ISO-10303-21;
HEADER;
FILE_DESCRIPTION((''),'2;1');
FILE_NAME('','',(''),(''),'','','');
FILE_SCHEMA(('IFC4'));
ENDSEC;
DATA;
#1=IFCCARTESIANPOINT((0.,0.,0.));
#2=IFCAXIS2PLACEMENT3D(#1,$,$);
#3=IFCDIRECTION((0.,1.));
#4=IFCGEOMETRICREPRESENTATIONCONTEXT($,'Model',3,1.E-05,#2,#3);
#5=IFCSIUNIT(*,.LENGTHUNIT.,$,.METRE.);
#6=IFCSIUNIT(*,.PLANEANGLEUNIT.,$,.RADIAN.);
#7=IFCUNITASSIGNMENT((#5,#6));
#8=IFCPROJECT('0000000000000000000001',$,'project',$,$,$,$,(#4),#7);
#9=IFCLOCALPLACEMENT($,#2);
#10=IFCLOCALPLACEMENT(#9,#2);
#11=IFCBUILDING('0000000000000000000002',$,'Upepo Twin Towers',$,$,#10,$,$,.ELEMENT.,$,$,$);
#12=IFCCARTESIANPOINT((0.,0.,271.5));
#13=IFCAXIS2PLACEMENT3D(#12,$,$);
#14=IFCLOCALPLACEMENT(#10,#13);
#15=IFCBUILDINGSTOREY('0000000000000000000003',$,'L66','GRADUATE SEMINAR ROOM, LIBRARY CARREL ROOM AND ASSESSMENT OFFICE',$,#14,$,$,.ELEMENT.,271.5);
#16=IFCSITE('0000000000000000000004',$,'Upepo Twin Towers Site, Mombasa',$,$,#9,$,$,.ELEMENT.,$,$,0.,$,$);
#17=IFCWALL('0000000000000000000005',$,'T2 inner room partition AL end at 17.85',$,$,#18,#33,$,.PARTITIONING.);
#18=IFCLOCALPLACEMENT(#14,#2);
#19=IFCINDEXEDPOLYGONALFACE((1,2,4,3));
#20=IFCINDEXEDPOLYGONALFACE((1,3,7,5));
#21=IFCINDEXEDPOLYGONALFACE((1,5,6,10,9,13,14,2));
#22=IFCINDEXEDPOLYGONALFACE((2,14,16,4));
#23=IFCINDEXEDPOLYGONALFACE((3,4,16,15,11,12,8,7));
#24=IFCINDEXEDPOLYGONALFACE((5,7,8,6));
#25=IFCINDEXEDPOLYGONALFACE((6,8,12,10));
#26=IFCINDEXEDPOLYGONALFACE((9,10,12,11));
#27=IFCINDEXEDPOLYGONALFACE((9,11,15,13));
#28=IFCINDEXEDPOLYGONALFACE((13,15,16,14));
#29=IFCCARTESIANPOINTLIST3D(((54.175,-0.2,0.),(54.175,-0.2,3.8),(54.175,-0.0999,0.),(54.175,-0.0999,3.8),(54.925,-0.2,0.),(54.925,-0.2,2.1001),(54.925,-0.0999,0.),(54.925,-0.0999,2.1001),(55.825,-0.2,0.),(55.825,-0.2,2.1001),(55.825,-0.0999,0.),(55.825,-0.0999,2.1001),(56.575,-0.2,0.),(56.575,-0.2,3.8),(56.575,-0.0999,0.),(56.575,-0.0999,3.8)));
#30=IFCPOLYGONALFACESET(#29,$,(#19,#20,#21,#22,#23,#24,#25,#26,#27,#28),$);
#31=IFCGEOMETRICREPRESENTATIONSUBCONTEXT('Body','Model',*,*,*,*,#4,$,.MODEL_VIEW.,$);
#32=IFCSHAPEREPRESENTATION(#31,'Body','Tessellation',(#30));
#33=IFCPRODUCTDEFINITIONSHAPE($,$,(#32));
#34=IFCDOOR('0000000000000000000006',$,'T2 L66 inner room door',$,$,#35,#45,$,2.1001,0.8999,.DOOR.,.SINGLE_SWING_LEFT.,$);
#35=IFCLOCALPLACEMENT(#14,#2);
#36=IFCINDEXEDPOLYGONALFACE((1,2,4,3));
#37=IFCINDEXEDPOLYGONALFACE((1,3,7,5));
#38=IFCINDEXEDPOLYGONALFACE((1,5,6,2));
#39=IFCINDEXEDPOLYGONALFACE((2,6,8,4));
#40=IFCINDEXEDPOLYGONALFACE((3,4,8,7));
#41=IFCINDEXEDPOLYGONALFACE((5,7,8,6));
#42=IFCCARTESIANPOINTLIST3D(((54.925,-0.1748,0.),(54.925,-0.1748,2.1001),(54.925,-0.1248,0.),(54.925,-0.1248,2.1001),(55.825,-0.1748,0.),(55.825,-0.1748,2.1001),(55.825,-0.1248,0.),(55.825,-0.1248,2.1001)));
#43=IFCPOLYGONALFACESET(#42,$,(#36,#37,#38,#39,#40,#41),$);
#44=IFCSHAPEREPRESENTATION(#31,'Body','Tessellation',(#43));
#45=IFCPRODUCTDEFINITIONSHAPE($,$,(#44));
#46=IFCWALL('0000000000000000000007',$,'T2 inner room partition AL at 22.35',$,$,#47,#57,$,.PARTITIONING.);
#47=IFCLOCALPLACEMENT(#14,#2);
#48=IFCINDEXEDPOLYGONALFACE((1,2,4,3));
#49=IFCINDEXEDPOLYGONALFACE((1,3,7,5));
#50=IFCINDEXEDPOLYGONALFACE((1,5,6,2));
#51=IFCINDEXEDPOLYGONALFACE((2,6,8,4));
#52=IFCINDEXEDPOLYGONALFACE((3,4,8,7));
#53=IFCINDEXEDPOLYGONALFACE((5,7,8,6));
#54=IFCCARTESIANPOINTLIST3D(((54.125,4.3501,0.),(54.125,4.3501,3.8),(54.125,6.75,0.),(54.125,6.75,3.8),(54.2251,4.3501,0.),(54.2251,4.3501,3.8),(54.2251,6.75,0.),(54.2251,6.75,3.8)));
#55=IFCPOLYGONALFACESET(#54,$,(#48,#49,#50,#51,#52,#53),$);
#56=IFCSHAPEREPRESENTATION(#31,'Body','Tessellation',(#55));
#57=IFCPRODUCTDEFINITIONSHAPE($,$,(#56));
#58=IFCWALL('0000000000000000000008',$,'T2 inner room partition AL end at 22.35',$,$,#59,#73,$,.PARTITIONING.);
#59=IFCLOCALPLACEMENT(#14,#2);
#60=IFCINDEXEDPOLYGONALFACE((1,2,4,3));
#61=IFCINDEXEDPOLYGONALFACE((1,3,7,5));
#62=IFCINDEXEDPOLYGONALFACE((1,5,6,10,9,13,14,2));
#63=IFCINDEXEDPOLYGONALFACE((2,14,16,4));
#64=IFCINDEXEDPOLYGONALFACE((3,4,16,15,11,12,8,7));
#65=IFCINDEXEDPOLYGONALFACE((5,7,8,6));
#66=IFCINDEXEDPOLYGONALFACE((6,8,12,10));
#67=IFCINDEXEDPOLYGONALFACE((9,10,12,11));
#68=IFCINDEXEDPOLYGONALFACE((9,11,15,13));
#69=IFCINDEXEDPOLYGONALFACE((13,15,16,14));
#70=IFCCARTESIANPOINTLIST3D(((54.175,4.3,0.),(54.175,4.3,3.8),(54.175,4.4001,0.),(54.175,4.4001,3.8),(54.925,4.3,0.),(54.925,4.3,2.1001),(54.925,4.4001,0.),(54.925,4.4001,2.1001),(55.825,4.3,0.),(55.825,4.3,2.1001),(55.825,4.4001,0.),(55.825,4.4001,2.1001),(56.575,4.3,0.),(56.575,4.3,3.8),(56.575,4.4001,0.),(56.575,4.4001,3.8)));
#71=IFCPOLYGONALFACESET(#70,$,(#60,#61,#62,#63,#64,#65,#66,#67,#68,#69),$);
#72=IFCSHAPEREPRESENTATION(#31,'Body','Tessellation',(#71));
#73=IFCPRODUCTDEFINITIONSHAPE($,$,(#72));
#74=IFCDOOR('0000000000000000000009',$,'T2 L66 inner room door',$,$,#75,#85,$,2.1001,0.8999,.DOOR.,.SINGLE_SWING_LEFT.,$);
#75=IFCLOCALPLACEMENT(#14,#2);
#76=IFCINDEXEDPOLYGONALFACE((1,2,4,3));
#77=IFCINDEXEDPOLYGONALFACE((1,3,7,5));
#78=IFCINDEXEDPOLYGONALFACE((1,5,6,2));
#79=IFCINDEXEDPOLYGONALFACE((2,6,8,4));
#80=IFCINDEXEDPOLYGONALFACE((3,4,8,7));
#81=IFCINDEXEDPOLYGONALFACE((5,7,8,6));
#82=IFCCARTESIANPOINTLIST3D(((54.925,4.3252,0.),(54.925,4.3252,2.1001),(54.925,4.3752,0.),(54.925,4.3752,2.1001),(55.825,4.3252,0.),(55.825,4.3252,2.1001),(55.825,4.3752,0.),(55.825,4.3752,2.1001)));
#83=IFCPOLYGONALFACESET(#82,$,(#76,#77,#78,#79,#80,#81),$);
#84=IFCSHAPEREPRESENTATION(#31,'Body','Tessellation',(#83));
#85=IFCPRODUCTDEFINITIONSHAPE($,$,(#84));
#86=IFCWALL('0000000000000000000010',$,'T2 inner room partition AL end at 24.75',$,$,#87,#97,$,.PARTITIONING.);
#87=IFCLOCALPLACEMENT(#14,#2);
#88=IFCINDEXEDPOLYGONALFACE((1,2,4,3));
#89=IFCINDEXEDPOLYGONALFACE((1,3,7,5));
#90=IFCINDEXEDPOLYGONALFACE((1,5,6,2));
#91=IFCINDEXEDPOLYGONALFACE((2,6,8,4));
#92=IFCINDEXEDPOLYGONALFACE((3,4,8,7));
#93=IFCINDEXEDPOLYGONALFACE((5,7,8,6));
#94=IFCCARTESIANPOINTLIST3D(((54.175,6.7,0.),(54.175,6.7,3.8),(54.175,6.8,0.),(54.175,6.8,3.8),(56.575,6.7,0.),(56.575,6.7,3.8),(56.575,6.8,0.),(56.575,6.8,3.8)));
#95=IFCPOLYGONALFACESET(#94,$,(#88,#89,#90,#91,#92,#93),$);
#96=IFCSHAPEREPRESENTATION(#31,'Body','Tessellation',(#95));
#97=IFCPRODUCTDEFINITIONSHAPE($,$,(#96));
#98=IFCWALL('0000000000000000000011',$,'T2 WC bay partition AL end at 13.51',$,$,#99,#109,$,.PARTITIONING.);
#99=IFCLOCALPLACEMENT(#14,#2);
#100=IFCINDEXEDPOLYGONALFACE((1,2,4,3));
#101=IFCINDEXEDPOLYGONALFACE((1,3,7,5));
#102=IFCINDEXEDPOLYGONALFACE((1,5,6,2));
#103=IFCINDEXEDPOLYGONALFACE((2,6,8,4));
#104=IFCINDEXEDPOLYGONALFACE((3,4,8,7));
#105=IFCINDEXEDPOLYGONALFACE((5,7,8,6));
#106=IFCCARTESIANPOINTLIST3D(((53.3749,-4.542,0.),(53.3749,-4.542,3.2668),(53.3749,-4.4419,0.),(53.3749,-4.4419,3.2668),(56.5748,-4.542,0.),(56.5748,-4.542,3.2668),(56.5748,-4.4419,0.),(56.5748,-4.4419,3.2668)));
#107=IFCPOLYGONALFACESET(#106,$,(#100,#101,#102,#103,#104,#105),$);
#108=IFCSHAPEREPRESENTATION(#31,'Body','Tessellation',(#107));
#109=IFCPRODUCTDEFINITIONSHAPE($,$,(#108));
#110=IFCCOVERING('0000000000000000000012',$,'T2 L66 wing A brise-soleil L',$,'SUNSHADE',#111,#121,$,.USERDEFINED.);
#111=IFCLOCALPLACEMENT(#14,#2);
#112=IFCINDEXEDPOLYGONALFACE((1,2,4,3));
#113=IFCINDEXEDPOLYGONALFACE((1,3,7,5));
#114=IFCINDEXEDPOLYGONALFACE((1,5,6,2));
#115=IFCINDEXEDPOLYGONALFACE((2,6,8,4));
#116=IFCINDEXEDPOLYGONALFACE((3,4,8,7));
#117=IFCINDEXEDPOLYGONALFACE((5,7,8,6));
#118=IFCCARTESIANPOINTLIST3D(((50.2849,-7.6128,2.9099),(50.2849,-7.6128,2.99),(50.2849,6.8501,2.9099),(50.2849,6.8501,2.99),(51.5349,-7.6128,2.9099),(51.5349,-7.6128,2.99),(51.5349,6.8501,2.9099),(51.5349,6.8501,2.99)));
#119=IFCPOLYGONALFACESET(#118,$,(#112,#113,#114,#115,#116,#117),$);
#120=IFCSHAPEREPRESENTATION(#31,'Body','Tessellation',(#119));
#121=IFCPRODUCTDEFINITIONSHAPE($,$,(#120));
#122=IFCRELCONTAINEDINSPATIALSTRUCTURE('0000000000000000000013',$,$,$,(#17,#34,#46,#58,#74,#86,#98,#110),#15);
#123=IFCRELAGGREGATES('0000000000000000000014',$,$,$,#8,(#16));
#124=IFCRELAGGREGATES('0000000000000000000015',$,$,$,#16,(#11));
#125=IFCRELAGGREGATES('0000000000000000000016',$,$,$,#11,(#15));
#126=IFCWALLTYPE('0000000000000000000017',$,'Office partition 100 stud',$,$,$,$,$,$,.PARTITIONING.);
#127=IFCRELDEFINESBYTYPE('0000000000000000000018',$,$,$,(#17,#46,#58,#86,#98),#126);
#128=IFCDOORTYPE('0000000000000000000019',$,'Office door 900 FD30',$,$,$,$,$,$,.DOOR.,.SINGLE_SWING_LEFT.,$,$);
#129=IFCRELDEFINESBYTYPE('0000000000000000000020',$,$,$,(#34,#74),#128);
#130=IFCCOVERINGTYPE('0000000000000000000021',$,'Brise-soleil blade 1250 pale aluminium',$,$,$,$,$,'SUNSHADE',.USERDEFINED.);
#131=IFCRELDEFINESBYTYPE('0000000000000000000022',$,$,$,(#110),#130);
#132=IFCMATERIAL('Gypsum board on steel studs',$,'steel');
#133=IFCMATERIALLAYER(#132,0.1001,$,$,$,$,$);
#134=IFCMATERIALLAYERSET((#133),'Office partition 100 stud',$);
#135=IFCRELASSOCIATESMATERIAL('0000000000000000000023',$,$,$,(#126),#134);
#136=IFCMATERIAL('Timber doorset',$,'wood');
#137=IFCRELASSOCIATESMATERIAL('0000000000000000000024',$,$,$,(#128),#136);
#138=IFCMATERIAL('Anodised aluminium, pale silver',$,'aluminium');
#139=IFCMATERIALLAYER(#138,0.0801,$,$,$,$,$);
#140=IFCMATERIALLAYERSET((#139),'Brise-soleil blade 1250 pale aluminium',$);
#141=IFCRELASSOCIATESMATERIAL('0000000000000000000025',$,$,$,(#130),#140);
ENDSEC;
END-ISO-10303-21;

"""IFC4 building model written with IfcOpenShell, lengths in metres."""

from ifc_helpers import new_model, si_unit, direction, frame, frame_2d, origin, origin_2d, place, context, subcontext, project, spatial, rectangle, extrude, material, layer, layer_set, type_object, element, fill, save


model = new_model("IFC4")

# Units and contexts
model_context = context("Model", 3, precision=1e-05, world=origin(), true_north=direction((0.0, 1.0)))
body_context = subcontext(model_context, "Body", "Model", "MODEL_VIEW")
ifc_project = project(units=[si_unit("LENGTHUNIT", "METRE"), si_unit("PLANEANGLEUNIT", "RADIAN")], contexts=[model_context])

# Site, building, storey
site_placement = place(None, origin())
site = spatial("IfcSite", under=ifc_project, at=site_placement, Name="Upepo Twin Towers Site, Mombasa", CompositionType="ELEMENT", RefElevation=0.0)
building_placement = place(site_placement, origin())
building = spatial("IfcBuilding", under=site, at=building_placement, Name="Upepo Twin Towers", CompositionType="ELEMENT")
storey_placement = place(building_placement, frame((0.0, 0.0, 271.5)))
storey = spatial("IfcBuildingStorey", under=building, at=storey_placement, Name="L66", Description="GRADUATE SEMINAR ROOM, LIBRARY CARREL ROOM AND ASSESSMENT OFFICE", CompositionType="ELEMENT", Elevation=271.5)

# Shared definitions
ifc_material_1 = material(Name="Gypsum board on steel studs", Category="steel")
ifc_layer_1 = layer(ifc_material_1, 0.1001)
ifc_layer_set_1 = layer_set([ifc_layer_1], Name="Office partition 100 stud")
wall_type_1 = type_object("IfcWallType", Name="Office partition 100 stud", PredefinedType="PARTITIONING", material=ifc_layer_set_1)

# Wall, opening, door
wall_1_placement = place(storey_placement, frame((56.575, -0.1499, 0.0), z_axis=(0.0, 0.0, 1.0), x_axis=(-1.0, 0.0, 0.0)))
wall_1 = element("IfcWall", 1, at=wall_1_placement, inside=storey, type_object=wall_type_1, Name="T2 inner room partition AL end at 17.85", PredefinedType="PARTITIONING", context=body_context, shape_type="SweptSolid", body=[
    extrude(rectangle(XDim=2.3999, YDim=0.1001, at=frame_2d((1.2, 0.0))), origin(), (0.0, 0.0, 1.0), 3.8),
])
opening_1_placement = place(wall_1_placement, frame((0.75, 0.0, 0.0)))
opening_1 = element("IfcOpeningElement", 2, at=opening_1_placement, cuts=wall_1, PredefinedType="OPENING", context=body_context, shape_type="SweptSolid", body=[
    extrude(rectangle(XDim=0.8999, YDim=2.1001, at=frame_2d((0.45, 1.05))), frame((0.0, 0.0601, 0.0), z_axis=(0.0, -1.0, 0.0), x_axis=(1.0, 0.0, 0.0)), (0.0, 0.0, 1.0), 0.1201),
])
ifc_material_2 = material(Name="Timber doorset", Category="wood")
door_type = type_object("IfcDoorType", Name="Office door 900 FD30", OperationType="SINGLE_SWING_LEFT", PredefinedType="DOOR", material=ifc_material_2)
door_1_placement = place(opening_1_placement, origin())
door_1 = element("IfcDoor", 3, at=door_1_placement, inside=storey, type_object=door_type, Name="T2 L66 inner room door", OperationType="SINGLE_SWING_LEFT", OverallHeight=2.1001, OverallWidth=0.8999, PredefinedType="DOOR", context=body_context, shape_type="SweptSolid", body=[
    extrude(rectangle(XDim=0.8999, YDim=2.1001, at=frame_2d((0.45, 1.05))), frame((0.0, 0.0249, 0.0), z_axis=(0.0, -1.0, 0.0), x_axis=(1.0, 0.0, 0.0)), (0.0, 0.0, 1.0), 0.05),
])
fill(opening_1, door_1)

# Wall
wall_2_placement = place(storey_placement, frame((54.175, 4.3501, 0.0), z_axis=(0.0, 0.0, 1.0), x_axis=(0.0, 1.0, 0.0)))
element("IfcWall", 4, at=wall_2_placement, inside=storey, type_object=wall_type_1, Name="T2 inner room partition AL at 22.35", PredefinedType="PARTITIONING", context=body_context, shape_type="SweptSolid", body=[
    extrude(rectangle(XDim=2.3999, YDim=0.1001, at=frame_2d((1.2, 0.0))), origin(), (0.0, 0.0, 1.0), 3.8),
])

# Wall, opening, door
wall_3_placement = place(storey_placement, frame((56.575, 4.3501, 0.0), z_axis=(0.0, 0.0, 1.0), x_axis=(-1.0, 0.0, 0.0)))
wall_3 = element("IfcWall", 5, at=wall_3_placement, inside=storey, type_object=wall_type_1, Name="T2 inner room partition AL end at 22.35", PredefinedType="PARTITIONING", context=body_context, shape_type="SweptSolid", body=[
    extrude(rectangle(XDim=2.3999, YDim=0.1001, at=frame_2d((1.2, 0.0))), origin(), (0.0, 0.0, 1.0), 3.8),
])
opening_2_placement = place(wall_3_placement, frame((0.75, 0.0, 0.0)))
opening_2 = element("IfcOpeningElement", 6, at=opening_2_placement, cuts=wall_3, PredefinedType="OPENING", context=body_context, shape_type="SweptSolid", body=[
    extrude(rectangle(XDim=0.8999, YDim=2.1001, at=frame_2d((0.45, 1.05))), frame((0.0, 0.0601, 0.0), z_axis=(0.0, -1.0, 0.0), x_axis=(1.0, 0.0, 0.0)), (0.0, 0.0, 1.0), 0.1201),
])
door_2_placement = place(opening_2_placement, origin())
door_2 = element("IfcDoor", 7, at=door_2_placement, inside=storey, type_object=door_type, Name="T2 L66 inner room door", OperationType="SINGLE_SWING_LEFT", OverallHeight=2.1001, OverallWidth=0.8999, PredefinedType="DOOR", context=body_context, shape_type="SweptSolid", body=[
    extrude(rectangle(XDim=0.8999, YDim=2.1001, at=frame_2d((0.45, 1.05))), frame((0.0, 0.0249, 0.0), z_axis=(0.0, -1.0, 0.0), x_axis=(1.0, 0.0, 0.0)), (0.0, 0.0, 1.0), 0.05),
])
fill(opening_2, door_2)

# Walls
wall_4_placement = place(storey_placement, frame((56.575, 6.75, 0.0), z_axis=(0.0, 0.0, 1.0), x_axis=(-1.0, 0.0, 0.0)))
element("IfcWall", 8, at=wall_4_placement, inside=storey, type_object=wall_type_1, Name="T2 inner room partition AL end at 24.75", PredefinedType="PARTITIONING", context=body_context, shape_type="SweptSolid", body=[
    extrude(rectangle(XDim=2.3999, YDim=0.1001, at=frame_2d((1.2, 0.0))), origin(), (0.0, 0.0, 1.0), 3.8),
])
wall_5_placement = place(storey_placement, frame((56.575, -4.4919, 0.0), z_axis=(0.0, 0.0, 1.0), x_axis=(-1.0, 0.0, 0.0)))
element("IfcWall", 9, at=wall_5_placement, inside=storey, type_object=wall_type_1, Name="T2 WC bay partition AL end at 13.51", PredefinedType="PARTITIONING", context=body_context, shape_type="SweptSolid", body=[
    extrude(rectangle(XDim=3.2, YDim=0.1001, at=frame_2d((1.6001, 0.0))), origin(), (0.0, 0.0, 1.0), 3.2668),
])

# Covering
ifc_material_3 = material(Name="Anodised aluminium, pale silver", Category="aluminium")
ifc_layer_2 = layer(ifc_material_3, 0.0801)
ifc_layer_set_2 = layer_set([ifc_layer_2], Name="Brise-soleil blade 1250 pale aluminium")
covering_type = type_object("IfcCoveringType", Name="Brise-soleil blade 1250 pale aluminium", ElementType="SUNSHADE", PredefinedType="USERDEFINED", material=ifc_layer_set_2)
covering_placement = place(storey_placement, frame((50.9099, -0.3813, 2.9099), z_axis=(0.0, 0.0, 1.0), x_axis=(0.0, 1.0, 0.0)))
element("IfcCovering", 10, at=covering_placement, inside=storey, type_object=covering_type, Name="T2 L66 wing A brise-soleil L", ObjectType="SUNSHADE", PredefinedType="USERDEFINED", context=body_context, shape_type="SweptSolid", body=[
    extrude(rectangle(XDim=14.4629, YDim=1.25, at=origin_2d()), origin(), (0.0, 0.0, 1.0), 0.0801),
])

save(model, "model.ifc")
